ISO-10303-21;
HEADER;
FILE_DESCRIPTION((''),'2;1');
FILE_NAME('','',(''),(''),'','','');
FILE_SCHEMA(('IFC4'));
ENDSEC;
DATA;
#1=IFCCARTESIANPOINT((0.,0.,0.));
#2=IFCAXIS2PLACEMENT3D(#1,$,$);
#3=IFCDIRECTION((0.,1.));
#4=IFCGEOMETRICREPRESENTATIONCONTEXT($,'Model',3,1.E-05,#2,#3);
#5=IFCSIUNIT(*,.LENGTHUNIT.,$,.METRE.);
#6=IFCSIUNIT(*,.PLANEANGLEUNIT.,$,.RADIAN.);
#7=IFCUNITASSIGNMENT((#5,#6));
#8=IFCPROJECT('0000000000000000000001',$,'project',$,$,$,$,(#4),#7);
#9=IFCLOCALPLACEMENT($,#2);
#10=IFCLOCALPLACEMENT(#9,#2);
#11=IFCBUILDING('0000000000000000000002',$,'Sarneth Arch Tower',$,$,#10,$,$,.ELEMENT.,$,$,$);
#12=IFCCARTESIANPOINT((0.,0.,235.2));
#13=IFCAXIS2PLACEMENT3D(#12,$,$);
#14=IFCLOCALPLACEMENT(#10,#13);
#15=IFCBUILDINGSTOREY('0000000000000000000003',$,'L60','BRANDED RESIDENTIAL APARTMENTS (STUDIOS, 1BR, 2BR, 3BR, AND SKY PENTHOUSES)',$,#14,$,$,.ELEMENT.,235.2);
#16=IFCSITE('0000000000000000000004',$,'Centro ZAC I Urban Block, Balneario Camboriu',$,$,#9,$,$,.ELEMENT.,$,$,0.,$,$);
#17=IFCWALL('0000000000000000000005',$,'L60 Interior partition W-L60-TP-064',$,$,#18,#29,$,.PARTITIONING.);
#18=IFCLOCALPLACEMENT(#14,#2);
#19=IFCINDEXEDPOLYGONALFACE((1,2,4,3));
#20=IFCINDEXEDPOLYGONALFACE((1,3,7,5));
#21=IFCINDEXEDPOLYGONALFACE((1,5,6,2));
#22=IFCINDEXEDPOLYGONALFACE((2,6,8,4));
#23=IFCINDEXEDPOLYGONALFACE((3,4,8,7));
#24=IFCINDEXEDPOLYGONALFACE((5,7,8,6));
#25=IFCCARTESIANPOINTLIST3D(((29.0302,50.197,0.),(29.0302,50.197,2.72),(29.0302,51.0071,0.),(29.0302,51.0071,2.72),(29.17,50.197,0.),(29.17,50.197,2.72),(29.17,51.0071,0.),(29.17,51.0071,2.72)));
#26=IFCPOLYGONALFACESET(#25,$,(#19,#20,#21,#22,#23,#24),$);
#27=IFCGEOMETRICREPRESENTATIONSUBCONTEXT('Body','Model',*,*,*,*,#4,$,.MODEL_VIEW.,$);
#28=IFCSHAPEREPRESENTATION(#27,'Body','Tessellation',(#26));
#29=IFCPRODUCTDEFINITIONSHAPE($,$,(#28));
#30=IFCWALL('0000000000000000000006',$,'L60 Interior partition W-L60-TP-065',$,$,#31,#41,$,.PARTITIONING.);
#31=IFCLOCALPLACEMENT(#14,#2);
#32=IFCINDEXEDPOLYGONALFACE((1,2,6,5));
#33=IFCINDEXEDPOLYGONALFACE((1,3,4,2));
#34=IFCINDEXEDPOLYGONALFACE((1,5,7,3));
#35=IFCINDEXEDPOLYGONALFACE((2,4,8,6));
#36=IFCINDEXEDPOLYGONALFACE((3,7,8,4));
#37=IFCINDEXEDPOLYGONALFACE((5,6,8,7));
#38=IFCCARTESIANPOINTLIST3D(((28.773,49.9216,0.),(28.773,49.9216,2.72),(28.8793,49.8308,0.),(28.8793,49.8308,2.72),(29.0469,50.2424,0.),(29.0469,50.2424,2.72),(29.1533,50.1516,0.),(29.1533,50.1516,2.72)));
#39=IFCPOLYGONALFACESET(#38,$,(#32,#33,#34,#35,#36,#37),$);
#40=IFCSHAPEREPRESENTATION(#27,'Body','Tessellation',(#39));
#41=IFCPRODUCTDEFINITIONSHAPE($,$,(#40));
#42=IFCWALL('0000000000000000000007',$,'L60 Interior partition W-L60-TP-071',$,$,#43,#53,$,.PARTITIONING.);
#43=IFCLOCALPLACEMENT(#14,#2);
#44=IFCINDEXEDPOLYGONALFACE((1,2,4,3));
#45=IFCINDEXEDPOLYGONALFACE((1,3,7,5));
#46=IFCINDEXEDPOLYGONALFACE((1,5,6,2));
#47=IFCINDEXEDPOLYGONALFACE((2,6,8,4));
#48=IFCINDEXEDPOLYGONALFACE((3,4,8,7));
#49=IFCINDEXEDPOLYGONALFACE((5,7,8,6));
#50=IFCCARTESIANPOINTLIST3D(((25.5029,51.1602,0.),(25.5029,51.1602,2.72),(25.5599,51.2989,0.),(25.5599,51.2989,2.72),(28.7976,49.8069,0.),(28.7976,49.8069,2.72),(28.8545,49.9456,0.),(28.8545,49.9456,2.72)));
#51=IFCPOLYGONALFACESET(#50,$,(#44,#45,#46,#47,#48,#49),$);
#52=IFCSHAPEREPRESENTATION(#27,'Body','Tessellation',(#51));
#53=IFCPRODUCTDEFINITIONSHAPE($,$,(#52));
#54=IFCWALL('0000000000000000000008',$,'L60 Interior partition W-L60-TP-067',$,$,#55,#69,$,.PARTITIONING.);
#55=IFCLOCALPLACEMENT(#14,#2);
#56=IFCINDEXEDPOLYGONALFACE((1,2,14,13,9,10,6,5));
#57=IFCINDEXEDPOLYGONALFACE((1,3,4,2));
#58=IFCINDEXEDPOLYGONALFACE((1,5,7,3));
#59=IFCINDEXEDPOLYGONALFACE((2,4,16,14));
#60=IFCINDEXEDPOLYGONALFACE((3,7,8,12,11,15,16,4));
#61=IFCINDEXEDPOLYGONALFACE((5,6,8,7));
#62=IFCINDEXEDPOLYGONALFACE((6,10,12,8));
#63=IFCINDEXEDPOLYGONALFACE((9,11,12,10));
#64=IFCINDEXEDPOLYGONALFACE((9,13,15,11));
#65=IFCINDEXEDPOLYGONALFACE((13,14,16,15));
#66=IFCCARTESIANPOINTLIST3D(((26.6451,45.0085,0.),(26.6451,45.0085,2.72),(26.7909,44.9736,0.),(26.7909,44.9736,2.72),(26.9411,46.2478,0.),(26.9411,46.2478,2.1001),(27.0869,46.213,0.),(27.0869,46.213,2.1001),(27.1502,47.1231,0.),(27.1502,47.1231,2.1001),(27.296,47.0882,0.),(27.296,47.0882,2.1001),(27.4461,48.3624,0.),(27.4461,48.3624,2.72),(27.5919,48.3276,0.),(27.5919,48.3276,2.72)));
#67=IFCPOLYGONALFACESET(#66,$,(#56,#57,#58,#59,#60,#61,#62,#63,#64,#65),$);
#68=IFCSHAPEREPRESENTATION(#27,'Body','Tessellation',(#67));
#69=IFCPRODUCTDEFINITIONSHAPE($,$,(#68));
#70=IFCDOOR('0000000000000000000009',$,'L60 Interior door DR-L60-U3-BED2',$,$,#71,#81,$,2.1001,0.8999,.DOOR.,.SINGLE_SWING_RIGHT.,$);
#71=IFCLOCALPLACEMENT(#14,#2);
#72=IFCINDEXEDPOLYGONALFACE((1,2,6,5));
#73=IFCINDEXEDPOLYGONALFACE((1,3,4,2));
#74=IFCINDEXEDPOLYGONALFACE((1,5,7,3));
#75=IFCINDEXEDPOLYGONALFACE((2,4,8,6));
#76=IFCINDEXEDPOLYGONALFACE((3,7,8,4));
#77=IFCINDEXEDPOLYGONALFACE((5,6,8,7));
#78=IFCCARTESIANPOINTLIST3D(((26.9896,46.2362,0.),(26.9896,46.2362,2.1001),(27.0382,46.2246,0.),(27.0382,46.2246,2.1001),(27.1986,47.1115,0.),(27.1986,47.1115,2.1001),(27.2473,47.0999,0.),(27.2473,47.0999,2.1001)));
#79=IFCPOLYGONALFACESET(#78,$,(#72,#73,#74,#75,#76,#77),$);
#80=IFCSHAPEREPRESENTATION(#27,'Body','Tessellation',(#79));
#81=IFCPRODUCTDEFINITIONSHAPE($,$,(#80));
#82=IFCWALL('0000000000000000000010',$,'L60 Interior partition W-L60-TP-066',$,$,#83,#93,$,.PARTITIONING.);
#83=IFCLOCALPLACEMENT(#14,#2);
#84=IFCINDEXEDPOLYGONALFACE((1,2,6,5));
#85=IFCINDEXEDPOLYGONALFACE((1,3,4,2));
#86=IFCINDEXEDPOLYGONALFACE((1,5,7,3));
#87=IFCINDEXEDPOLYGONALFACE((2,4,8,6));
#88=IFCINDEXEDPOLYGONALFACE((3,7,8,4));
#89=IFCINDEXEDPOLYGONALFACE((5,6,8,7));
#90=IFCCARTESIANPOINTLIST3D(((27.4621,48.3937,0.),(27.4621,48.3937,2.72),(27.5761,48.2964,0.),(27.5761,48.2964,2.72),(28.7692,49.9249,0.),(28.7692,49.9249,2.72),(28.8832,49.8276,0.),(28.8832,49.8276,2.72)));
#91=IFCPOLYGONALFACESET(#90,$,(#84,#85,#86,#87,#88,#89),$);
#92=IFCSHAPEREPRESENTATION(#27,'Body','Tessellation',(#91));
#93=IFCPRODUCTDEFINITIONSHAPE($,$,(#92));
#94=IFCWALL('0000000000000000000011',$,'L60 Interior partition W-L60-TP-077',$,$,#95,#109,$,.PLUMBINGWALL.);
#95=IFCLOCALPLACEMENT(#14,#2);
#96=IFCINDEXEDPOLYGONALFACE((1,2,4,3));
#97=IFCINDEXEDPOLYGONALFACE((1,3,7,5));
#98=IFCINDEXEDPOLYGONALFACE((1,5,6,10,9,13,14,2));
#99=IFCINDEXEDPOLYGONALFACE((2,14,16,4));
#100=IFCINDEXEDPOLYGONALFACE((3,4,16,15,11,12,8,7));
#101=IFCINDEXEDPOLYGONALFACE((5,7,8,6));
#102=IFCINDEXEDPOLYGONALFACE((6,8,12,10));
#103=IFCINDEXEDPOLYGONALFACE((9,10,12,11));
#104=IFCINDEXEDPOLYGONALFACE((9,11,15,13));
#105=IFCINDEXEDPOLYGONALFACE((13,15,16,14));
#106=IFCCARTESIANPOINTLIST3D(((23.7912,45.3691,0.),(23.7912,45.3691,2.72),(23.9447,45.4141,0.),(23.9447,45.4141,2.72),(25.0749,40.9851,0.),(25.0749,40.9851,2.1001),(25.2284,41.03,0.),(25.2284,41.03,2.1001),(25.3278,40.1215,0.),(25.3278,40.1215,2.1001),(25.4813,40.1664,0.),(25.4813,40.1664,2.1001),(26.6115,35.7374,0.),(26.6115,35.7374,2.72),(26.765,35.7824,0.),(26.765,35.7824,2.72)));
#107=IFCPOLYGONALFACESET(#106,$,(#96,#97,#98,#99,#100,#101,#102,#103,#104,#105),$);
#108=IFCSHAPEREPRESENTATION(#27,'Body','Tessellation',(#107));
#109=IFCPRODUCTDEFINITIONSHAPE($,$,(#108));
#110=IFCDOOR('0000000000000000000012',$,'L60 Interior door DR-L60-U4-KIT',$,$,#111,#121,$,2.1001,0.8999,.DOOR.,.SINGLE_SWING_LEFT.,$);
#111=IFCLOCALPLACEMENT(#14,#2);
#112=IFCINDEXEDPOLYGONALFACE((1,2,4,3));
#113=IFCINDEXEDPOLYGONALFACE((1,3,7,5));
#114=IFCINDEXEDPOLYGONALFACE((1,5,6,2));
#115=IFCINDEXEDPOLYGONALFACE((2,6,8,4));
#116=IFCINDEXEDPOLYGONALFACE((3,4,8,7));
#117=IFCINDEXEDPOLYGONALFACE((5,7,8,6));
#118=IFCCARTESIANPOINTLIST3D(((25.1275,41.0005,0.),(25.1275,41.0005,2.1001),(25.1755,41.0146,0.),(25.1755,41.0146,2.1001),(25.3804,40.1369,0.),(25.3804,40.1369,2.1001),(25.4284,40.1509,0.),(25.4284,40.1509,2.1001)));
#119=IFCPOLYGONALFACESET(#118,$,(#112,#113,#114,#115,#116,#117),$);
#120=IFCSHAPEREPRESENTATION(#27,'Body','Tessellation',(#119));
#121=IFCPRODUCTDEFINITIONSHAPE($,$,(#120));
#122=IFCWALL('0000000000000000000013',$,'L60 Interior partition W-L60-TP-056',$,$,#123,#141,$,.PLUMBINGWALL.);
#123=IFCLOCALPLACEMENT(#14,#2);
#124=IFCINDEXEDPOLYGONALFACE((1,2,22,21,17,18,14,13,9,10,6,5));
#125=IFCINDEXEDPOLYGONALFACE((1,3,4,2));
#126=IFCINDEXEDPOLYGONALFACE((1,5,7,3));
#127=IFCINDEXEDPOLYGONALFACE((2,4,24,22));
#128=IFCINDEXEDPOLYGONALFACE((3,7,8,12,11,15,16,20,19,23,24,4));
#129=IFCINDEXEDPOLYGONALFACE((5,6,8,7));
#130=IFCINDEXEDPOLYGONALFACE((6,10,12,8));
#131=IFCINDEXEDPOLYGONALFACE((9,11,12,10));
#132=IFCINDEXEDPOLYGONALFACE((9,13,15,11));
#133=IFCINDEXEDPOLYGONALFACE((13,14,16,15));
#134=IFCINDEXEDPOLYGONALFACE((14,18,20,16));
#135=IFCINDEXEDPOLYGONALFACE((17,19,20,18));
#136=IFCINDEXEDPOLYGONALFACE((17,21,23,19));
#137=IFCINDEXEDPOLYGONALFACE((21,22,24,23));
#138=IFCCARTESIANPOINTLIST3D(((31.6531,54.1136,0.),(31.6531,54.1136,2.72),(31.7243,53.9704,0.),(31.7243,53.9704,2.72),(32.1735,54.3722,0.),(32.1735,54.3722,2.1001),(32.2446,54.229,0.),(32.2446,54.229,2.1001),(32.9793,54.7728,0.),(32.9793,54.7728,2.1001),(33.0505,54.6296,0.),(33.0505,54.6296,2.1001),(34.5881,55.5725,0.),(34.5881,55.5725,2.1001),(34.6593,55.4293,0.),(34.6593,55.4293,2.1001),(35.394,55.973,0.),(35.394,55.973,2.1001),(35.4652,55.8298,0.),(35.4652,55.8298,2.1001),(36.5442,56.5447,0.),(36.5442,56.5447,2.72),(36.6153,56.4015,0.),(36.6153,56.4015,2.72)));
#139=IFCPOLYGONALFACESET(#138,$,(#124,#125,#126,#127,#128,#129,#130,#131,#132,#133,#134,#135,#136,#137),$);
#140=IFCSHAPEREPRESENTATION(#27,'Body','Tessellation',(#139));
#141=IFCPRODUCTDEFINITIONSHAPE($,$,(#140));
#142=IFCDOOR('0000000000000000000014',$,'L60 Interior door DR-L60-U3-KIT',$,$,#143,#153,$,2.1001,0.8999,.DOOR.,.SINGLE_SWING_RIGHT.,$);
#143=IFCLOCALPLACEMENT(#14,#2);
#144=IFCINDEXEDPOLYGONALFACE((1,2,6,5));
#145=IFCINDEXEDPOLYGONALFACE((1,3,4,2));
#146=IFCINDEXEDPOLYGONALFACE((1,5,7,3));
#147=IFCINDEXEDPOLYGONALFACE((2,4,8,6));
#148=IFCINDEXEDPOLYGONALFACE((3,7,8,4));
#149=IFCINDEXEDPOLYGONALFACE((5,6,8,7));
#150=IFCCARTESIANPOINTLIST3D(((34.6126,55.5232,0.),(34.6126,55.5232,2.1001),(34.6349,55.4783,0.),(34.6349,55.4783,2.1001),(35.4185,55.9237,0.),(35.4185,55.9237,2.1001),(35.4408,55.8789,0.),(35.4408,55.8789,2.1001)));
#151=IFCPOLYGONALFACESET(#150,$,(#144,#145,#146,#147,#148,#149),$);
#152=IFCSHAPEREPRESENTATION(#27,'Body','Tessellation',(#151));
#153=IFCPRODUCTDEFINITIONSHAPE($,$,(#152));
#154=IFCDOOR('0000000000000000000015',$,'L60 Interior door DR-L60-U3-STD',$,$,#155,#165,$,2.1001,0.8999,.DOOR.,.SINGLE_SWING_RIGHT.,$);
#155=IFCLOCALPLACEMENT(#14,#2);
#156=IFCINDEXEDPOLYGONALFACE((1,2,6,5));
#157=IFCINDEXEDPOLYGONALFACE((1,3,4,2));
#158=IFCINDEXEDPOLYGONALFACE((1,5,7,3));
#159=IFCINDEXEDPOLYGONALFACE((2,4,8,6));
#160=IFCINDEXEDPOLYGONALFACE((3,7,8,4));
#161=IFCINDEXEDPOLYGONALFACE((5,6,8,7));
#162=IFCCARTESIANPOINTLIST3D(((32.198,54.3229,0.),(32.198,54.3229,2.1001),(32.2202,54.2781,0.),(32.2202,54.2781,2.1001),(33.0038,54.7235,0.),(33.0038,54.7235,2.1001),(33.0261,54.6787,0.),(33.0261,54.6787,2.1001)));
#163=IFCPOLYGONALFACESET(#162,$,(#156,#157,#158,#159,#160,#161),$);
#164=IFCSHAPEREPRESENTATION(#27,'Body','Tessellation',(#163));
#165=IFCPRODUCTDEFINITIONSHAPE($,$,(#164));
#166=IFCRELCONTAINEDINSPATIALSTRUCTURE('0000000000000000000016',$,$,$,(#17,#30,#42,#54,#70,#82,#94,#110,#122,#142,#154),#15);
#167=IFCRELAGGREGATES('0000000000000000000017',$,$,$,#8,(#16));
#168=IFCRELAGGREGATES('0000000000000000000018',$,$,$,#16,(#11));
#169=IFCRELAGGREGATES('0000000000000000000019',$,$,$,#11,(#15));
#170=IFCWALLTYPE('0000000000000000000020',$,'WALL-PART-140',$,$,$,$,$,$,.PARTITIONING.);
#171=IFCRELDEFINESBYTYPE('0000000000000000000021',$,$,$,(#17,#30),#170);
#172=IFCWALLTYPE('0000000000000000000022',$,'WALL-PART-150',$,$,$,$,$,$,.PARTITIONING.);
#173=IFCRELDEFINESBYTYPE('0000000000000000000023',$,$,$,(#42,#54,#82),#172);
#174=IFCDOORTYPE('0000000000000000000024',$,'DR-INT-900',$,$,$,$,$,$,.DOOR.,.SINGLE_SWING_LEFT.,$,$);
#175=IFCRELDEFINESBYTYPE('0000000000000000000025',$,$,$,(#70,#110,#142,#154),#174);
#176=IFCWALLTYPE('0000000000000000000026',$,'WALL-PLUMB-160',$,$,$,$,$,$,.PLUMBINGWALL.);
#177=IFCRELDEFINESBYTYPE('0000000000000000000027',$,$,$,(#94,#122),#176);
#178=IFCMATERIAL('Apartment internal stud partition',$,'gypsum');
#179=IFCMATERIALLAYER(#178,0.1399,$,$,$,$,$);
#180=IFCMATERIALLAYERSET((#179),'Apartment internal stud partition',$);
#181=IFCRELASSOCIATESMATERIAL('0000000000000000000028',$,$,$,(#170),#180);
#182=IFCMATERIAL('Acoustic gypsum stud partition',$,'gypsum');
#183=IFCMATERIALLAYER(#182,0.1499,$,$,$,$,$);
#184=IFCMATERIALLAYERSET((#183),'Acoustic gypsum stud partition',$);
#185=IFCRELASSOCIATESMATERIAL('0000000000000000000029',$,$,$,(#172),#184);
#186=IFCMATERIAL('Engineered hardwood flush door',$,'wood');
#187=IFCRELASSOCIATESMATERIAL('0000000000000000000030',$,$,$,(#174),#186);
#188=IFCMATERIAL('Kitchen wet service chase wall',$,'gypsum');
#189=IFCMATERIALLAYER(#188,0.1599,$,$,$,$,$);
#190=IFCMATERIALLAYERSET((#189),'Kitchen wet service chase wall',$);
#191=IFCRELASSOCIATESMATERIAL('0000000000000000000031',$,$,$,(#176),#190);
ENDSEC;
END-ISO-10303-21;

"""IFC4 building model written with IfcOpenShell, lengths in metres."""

from ifc_helpers import new_model, si_unit, direction, frame, frame_2d, origin, place, context, subcontext, project, spatial, rectangle, extrude, material, layer, layer_set, type_object, element, fill, save


model = new_model("IFC4")

# Units and contexts
model_context = context("Model", 3, precision=1e-05, world=origin(), true_north=direction((0.0, 1.0)))
body_context = subcontext(model_context, "Body", "Model", "MODEL_VIEW")
ifc_project = project(units=[si_unit("LENGTHUNIT", "METRE"), si_unit("PLANEANGLEUNIT", "RADIAN")], contexts=[model_context])

# Site, building, storey
site_placement = place(None, origin())
site = spatial("IfcSite", under=ifc_project, at=site_placement, Name="Centro ZAC I Urban Block, Balneario Camboriu", CompositionType="ELEMENT", RefElevation=0.0)
building_placement = place(site_placement, origin())
building = spatial("IfcBuilding", under=site, at=building_placement, Name="Sarneth Arch Tower", CompositionType="ELEMENT")
storey_placement = place(building_placement, frame((0.0, 0.0, 235.2)))
storey = spatial("IfcBuildingStorey", under=building, at=storey_placement, Name="L60", Description="BRANDED RESIDENTIAL APARTMENTS (STUDIOS, 1BR, 2BR, 3BR, AND SKY PENTHOUSES)", CompositionType="ELEMENT", Elevation=235.2)

# Walls
ifc_material_1 = material(Name="Apartment internal stud partition", Category="gypsum")
ifc_layer_1 = layer(ifc_material_1, 0.1399)
ifc_layer_set_1 = layer_set([ifc_layer_1], Name="Apartment internal stud partition")
wall_type_1 = type_object("IfcWallType", Name="WALL-PART-140", PredefinedType="PARTITIONING", material=ifc_layer_set_1)
wall_1_placement = place(storey_placement, frame((29.1001, 51.0071, 0.0), z_axis=(0.0, 0.0, 1.0), x_axis=(0.0, -1.0, 0.0)))
element("IfcWall", 1, at=wall_1_placement, inside=storey, type_object=wall_type_1, Name="L60 Interior partition W-L60-TP-064", PredefinedType="PARTITIONING", context=body_context, shape_type="SweptSolid", body=[
    extrude(rectangle(XDim=0.8101, YDim=0.1399, at=frame_2d((0.405, 0.0))), origin(), (0.0, 0.0, 1.0), 2.72),
])
wall_2_placement = place(storey_placement, frame((29.1001, 50.197, 0.0), z_axis=(0.0, 0.0, 1.0), x_axis=(-0.64936, -0.760481, 0.0)))
element("IfcWall", 2, at=wall_2_placement, inside=storey, type_object=wall_type_1, Name="L60 Interior partition W-L60-TP-065", PredefinedType="PARTITIONING", context=body_context, shape_type="SweptSolid", body=[
    extrude(rectangle(XDim=0.4219, YDim=0.1399, at=frame_2d((0.2109, 0.0))), origin(), (0.0, 0.0, 1.0), 2.72),
])
ifc_material_2 = material(Name="Acoustic gypsum stud partition", Category="gypsum")
ifc_layer_2 = layer(ifc_material_2, 0.1499)
ifc_layer_set_2 = layer_set([ifc_layer_2], Name="Acoustic gypsum stud partition")
wall_type_2 = type_object("IfcWallType", Name="WALL-PART-150", PredefinedType="PARTITIONING", material=ifc_layer_set_2)
wall_3_placement = place(storey_placement, frame((25.5315, 51.2295, 0.0), z_axis=(0.0, 0.0, 1.0), x_axis=(0.92501, -0.379943, 0.0)))
element("IfcWall", 3, at=wall_3_placement, inside=storey, type_object=wall_type_2, Name="L60 Interior partition W-L60-TP-071", PredefinedType="PARTITIONING", context=body_context, shape_type="SweptSolid", body=[
    extrude(rectangle(XDim=3.5618, YDim=0.1499, at=frame_2d((1.7808, 0.0))), origin(), (0.0, 0.0, 1.0), 2.72),
])

# Wall, opening, door
wall_4_placement = place(storey_placement, frame((27.519, 48.345, 0.0), z_axis=(0.0, 0.0, 1.0), x_axis=(-0.232294, -0.972646, 0.0)))
wall_4 = element("IfcWall", 4, at=wall_4_placement, inside=storey, type_object=wall_type_2, Name="L60 Interior partition W-L60-TP-067", PredefinedType="PARTITIONING", context=body_context, shape_type="SweptSolid", body=[
    extrude(rectangle(XDim=3.4482, YDim=0.1499, at=frame_2d((1.7241, 0.0))), origin(), (0.0, 0.0, 1.0), 2.72),
])
opening_1_placement = place(wall_4_placement, frame((1.2742, 0.0, 0.0)))
opening_1 = element("IfcOpeningElement", 5, at=opening_1_placement, cuts=wall_4, PredefinedType="OPENING", context=body_context, shape_type="SweptSolid", body=[
    extrude(rectangle(XDim=0.8999, YDim=2.1001, at=frame_2d((0.45, 1.05))), frame((0.0, 0.085, 0.0), z_axis=(0.0, -1.0, 0.0), x_axis=(1.0, 0.0, 0.0)), (0.0, 0.0, 1.0), 0.1699),
])
ifc_material_3 = material(Name="Engineered hardwood flush door", Category="wood")
door_type_1 = type_object("IfcDoorType", Name="DR-INT-900", OperationType="SINGLE_SWING_LEFT", PredefinedType="DOOR", material=ifc_material_3)
door_1_placement = place(opening_1_placement, origin())
door_1 = element("IfcDoor", 6, at=door_1_placement, inside=storey, type_object=door_type_1, Name="L60 Interior door DR-L60-U3-BED2", OperationType="SINGLE_SWING_RIGHT", OverallHeight=2.1001, OverallWidth=0.8999, PredefinedType="DOOR", context=body_context, shape_type="SweptSolid", body=[
    extrude(rectangle(XDim=0.8999, YDim=2.1001, at=frame_2d((0.45, 1.05))), frame((0.0, 0.0249, 0.0), z_axis=(0.0, -1.0, 0.0), x_axis=(1.0, 0.0, 0.0)), (0.0, 0.0, 1.0), 0.05),
])
fill(opening_1, door_1)

# Wall
wall_5_placement = place(storey_placement, frame((28.8262, 49.8762, 0.0), z_axis=(0.0, 0.0, 1.0), x_axis=(-0.649252, -0.760573, 0.0)))
element("IfcWall", 7, at=wall_5_placement, inside=storey, type_object=wall_type_2, Name="L60 Interior partition W-L60-TP-066", PredefinedType="PARTITIONING", context=body_context, shape_type="SweptSolid", body=[
    extrude(rectangle(XDim=2.0132, YDim=0.1499, at=frame_2d((1.0066, 0.0))), origin(), (0.0, 0.0, 1.0), 2.72),
])

# Wall, opening, door
ifc_material_4 = material(Name="Kitchen wet service chase wall", Category="gypsum")
ifc_layer_3 = layer(ifc_material_4, 0.1599)
ifc_layer_set_3 = layer_set([ifc_layer_3], Name="Kitchen wet service chase wall")
wall_type_3 = type_object("IfcWallType", Name="WALL-PLUMB-160", PredefinedType="PLUMBINGWALL", material=ifc_layer_set_3)
wall_6_placement = place(storey_placement, frame((23.8679, 45.3916, 0.0), z_axis=(0.0, 0.0, 1.0), x_axis=(0.281019, -0.959702, 0.0)))
wall_6 = element("IfcWall", 8, at=wall_6_placement, inside=storey, type_object=wall_type_3, Name="L60 Interior partition W-L60-TP-077", PredefinedType="PLUMBINGWALL", context=body_context, shape_type="SweptSolid", body=[
    extrude(rectangle(XDim=10.0361, YDim=0.1599, at=frame_2d((5.0181, 0.0))), origin(), (0.0, 0.0, 1.0), 2.72),
])
opening_2_placement = place(wall_6_placement, frame((4.5681, 0.0, 0.0)))
opening_2 = element("IfcOpeningElement", 9, at=opening_2_placement, cuts=wall_6, PredefinedType="OPENING", context=body_context, shape_type="SweptSolid", body=[
    extrude(rectangle(XDim=0.8999, YDim=2.1001, at=frame_2d((0.45, 1.05))), frame((0.0, 0.0898, 0.0), z_axis=(0.0, -1.0, 0.0), x_axis=(1.0, 0.0, 0.0)), (0.0, 0.0, 1.0), 0.1799),
])
door_2_placement = place(opening_2_placement, origin())
door_2 = element("IfcDoor", 10, at=door_2_placement, inside=storey, type_object=door_type_1, Name="L60 Interior door DR-L60-U4-KIT", OperationType="SINGLE_SWING_LEFT", OverallHeight=2.1001, OverallWidth=0.8999, PredefinedType="DOOR", context=body_context, shape_type="SweptSolid", body=[
    extrude(rectangle(XDim=0.8999, YDim=2.1001, at=frame_2d((0.45, 1.05))), frame((0.0, 0.0249, 0.0), z_axis=(0.0, -1.0, 0.0), x_axis=(1.0, 0.0, 0.0)), (0.0, 0.0, 1.0), 0.05),
])
fill(opening_2, door_2)

# Wall, openings, doors
wall_7_placement = place(storey_placement, frame((31.6887, 54.042, 0.0), z_axis=(0.0, 0.0, 1.0), x_axis=(0.89548, 0.445103, 0.0)))
wall_7 = element("IfcWall", 11, at=wall_7_placement, inside=storey, type_object=wall_type_3, Name="L60 Interior partition W-L60-TP-056", PredefinedType="PLUMBINGWALL", context=body_context, shape_type="SweptSolid", body=[
    extrude(rectangle(XDim=5.4619, YDim=0.1599, at=frame_2d((2.731, 0.0))), origin(), (0.0, 0.0, 1.0), 2.72),
])
opening_3_placement = place(wall_7_placement, frame((3.2776, 0.0, 0.0)))
opening_3 = element("IfcOpeningElement", 12, at=opening_3_placement, cuts=wall_7, PredefinedType="OPENING", context=body_context, shape_type="SweptSolid", body=[
    extrude(rectangle(XDim=0.8999, YDim=2.1001, at=frame_2d((0.45, 1.05))), frame((0.0, 0.0898, 0.0), z_axis=(0.0, -1.0, 0.0), x_axis=(1.0, 0.0, 0.0)), (0.0, 0.0, 1.0), 0.1799),
])
opening_4_placement = place(wall_7_placement, frame((0.5811, 0.0, 0.0)))
opening_4 = element("IfcOpeningElement", 13, at=opening_4_placement, cuts=wall_7, PredefinedType="OPENING", context=body_context, shape_type="SweptSolid", body=[
    extrude(rectangle(XDim=0.8999, YDim=2.1001, at=frame_2d((0.45, 1.05))), frame((0.0, 0.0898, 0.0), z_axis=(0.0, -1.0, 0.0), x_axis=(1.0, 0.0, 0.0)), (0.0, 0.0, 1.0), 0.1799),
])
door_3_placement = place(opening_3_placement, origin())
door_3 = element("IfcDoor", 14, at=door_3_placement, inside=storey, type_object=door_type_1, Name="L60 Interior door DR-L60-U3-KIT", OperationType="SINGLE_SWING_RIGHT", OverallHeight=2.1001, OverallWidth=0.8999, PredefinedType="DOOR", context=body_context, shape_type="SweptSolid", body=[
    extrude(rectangle(XDim=0.8999, YDim=2.1001, at=frame_2d((0.45, 1.05))), frame((0.0, 0.0249, 0.0), z_axis=(0.0, -1.0, 0.0), x_axis=(1.0, 0.0, 0.0)), (0.0, 0.0, 1.0), 0.05),
])
fill(opening_3, door_3)
door_4_placement = place(opening_4_placement, origin())
door_4 = element("IfcDoor", 15, at=door_4_placement, inside=storey, type_object=door_type_1, Name="L60 Interior door DR-L60-U3-STD", OperationType="SINGLE_SWING_RIGHT", OverallHeight=2.1001, OverallWidth=0.8999, PredefinedType="DOOR", context=body_context, shape_type="SweptSolid", body=[
    extrude(rectangle(XDim=0.8999, YDim=2.1001, at=frame_2d((0.45, 1.05))), frame((0.0, 0.0249, 0.0), z_axis=(0.0, -1.0, 0.0), x_axis=(1.0, 0.0, 0.0)), (0.0, 0.0, 1.0), 0.05),
])
fill(opening_4, door_4)

save(model, "model.ifc")
